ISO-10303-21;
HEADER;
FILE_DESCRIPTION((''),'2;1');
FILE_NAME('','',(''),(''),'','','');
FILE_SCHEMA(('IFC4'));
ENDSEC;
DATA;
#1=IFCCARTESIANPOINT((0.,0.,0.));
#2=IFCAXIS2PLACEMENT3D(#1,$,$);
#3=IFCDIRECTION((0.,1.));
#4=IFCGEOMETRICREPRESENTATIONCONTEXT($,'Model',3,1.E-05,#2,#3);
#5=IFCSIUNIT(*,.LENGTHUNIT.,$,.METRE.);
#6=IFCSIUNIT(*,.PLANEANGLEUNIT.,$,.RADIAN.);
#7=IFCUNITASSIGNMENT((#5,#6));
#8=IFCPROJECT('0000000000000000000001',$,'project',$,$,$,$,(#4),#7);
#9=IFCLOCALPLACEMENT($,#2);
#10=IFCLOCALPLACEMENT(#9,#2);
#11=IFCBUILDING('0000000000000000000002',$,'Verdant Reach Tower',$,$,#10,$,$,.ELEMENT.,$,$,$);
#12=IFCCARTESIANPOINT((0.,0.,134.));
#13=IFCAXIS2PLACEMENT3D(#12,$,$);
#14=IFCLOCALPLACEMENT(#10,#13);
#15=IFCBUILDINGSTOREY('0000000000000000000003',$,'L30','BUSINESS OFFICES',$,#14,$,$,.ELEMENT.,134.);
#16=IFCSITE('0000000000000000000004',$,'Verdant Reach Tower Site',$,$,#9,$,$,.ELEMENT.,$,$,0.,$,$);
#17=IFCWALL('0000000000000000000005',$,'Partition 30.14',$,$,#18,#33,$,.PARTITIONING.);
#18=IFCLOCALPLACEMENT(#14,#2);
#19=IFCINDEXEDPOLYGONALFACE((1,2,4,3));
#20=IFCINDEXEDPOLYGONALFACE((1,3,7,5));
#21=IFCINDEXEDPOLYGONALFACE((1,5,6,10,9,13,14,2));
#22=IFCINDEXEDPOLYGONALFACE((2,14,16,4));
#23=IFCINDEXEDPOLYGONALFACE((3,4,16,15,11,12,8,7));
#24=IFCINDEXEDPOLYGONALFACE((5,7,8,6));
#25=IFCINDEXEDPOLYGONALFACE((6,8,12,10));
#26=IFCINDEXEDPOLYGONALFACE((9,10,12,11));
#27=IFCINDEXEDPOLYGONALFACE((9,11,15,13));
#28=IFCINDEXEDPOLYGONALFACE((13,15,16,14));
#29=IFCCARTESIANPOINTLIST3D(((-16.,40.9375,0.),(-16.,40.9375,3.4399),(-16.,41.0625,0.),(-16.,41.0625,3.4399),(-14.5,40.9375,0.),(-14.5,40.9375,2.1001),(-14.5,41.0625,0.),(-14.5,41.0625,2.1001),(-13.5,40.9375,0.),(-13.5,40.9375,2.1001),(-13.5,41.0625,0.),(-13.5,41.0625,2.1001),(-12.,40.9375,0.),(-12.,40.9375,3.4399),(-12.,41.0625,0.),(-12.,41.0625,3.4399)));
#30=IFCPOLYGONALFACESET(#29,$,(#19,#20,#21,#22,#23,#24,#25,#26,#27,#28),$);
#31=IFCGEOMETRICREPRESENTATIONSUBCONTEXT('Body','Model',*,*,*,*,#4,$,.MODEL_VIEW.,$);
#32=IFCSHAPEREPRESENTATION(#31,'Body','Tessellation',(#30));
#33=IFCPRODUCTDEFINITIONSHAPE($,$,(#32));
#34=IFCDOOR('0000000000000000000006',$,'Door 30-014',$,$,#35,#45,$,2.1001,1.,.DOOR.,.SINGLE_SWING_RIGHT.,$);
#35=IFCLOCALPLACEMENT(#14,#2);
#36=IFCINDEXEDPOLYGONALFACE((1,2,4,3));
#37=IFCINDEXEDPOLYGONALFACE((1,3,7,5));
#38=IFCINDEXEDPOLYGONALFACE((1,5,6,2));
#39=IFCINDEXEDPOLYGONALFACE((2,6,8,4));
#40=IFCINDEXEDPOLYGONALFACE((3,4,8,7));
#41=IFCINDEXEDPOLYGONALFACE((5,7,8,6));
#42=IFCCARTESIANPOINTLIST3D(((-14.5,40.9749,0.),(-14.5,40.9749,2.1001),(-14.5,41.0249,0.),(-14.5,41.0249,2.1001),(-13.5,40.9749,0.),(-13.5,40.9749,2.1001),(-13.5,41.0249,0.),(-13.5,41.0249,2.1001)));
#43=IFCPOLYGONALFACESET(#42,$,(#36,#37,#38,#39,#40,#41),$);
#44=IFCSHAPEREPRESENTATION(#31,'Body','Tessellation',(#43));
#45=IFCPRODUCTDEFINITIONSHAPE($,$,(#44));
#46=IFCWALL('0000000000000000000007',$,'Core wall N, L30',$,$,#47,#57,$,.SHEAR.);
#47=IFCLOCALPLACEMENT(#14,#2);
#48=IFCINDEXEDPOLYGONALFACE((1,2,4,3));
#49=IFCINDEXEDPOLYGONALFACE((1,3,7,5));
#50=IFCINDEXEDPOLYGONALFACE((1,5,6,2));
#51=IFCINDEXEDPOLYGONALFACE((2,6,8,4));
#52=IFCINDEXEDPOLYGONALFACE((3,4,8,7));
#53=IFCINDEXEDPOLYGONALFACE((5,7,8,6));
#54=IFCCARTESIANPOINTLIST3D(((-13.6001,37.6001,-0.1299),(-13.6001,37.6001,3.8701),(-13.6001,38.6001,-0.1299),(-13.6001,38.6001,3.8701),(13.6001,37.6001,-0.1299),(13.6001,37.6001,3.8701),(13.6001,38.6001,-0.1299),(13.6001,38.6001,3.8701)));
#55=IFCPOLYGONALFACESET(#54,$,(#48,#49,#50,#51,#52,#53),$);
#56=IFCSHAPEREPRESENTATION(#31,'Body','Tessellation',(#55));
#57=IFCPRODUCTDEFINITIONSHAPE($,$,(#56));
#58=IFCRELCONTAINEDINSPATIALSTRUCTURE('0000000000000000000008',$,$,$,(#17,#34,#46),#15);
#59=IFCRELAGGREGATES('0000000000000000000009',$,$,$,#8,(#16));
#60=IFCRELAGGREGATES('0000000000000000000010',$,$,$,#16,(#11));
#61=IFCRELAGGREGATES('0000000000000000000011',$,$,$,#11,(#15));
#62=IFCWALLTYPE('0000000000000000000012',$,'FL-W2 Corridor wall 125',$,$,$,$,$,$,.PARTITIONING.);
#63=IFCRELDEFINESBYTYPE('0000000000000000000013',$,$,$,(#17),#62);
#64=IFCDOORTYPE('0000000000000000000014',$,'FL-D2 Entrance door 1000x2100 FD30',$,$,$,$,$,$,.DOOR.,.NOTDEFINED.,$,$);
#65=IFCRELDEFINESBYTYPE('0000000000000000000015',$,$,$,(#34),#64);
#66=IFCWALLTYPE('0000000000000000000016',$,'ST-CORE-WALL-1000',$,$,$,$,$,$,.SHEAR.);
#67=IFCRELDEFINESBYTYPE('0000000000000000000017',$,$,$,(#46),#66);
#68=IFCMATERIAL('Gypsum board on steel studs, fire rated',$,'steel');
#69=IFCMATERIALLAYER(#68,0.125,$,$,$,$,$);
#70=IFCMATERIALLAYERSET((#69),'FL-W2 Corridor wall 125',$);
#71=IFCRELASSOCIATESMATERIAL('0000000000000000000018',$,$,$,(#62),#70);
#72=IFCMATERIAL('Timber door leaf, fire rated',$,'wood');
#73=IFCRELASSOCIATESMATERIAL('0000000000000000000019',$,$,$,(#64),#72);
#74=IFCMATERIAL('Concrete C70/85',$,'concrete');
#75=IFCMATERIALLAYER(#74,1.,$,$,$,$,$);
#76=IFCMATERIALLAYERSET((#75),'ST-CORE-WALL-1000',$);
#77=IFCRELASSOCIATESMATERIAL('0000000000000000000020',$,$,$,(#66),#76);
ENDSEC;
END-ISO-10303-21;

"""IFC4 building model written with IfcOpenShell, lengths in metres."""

from ifc_helpers import new_model, si_unit, direction, frame, frame_2d, origin, place, context, subcontext, project, spatial, rectangle, extrude, material, layer, layer_set, type_object, element, fill, save


model = new_model("IFC4")

# Units and contexts
model_context = context("Model", 3, precision=1e-05, world=origin(), true_north=direction((0.0, 1.0)))
body_context = subcontext(model_context, "Body", "Model", "MODEL_VIEW")
ifc_project = project(units=[si_unit("LENGTHUNIT", "METRE"), si_unit("PLANEANGLEUNIT", "RADIAN")], contexts=[model_context])

# Site, building, storey
site_placement = place(None, origin())
site = spatial("IfcSite", under=ifc_project, at=site_placement, Name="Verdant Reach Tower Site", CompositionType="ELEMENT", RefElevation=0.0)
building_placement = place(site_placement, origin())
building = spatial("IfcBuilding", under=site, at=building_placement, Name="Verdant Reach Tower", CompositionType="ELEMENT")
storey_placement = place(building_placement, frame((0.0, 0.0, 134.0)))
storey = spatial("IfcBuildingStorey", under=building, at=storey_placement, Name="L30", Description="BUSINESS OFFICES", CompositionType="ELEMENT", Elevation=134.0)

# Wall, opening, door
ifc_material_1 = material(Name="Gypsum board on steel studs, fire rated", Category="steel")
ifc_layer_1 = layer(ifc_material_1, 0.125)
ifc_layer_set_1 = layer_set([ifc_layer_1], Name="FL-W2 Corridor wall 125")
wall_type_1 = type_object("IfcWallType", Name="FL-W2 Corridor wall 125", PredefinedType="PARTITIONING", material=ifc_layer_set_1)
ifc_material_2 = material(Name="Timber door leaf, fire rated", Category="wood")
door_type = type_object("IfcDoorType", Name="FL-D2 Entrance door 1000x2100 FD30", OperationType="NOTDEFINED", PredefinedType="DOOR", material=ifc_material_2)
wall_1_placement = place(storey_placement, frame((-16.0, 41.0, 0.0), z_axis=(0.0, 0.0, 1.0), x_axis=(1.0, 0.0, 0.0)))
wall_1 = element("IfcWall", 1, at=wall_1_placement, inside=storey, type_object=wall_type_1, Name="Partition 30.14", PredefinedType="PARTITIONING", context=body_context, shape_type="SweptSolid", body=[
    extrude(rectangle(XDim=4.0, YDim=0.125, at=frame_2d((2.0, 0.0))), origin(), (0.0, 0.0, 1.0), 3.4399),
])
opening_1_placement = place(wall_1_placement, frame((1.5, 0.0, 0.0)))
opening_1 = element("IfcOpeningElement", 2, at=opening_1_placement, cuts=wall_1, PredefinedType="OPENING", context=body_context, shape_type="SweptSolid", body=[
    extrude(rectangle(XDim=1.0, YDim=2.1001, at=frame_2d((0.5, 1.05))), frame((0.0, 0.0725, 0.0), z_axis=(0.0, -1.0, 0.0), x_axis=(1.0, 0.0, 0.0)), (0.0, 0.0, 1.0), 0.145),
])
door_1_placement = place(opening_1_placement, origin())
door_1 = element("IfcDoor", 3, at=door_1_placement, inside=storey, type_object=door_type, Name="Door 30-014", OperationType="SINGLE_SWING_RIGHT", OverallHeight=2.1001, OverallWidth=1.0, PredefinedType="DOOR", context=body_context, shape_type="SweptSolid", body=[
    extrude(rectangle(XDim=1.0, YDim=2.1001, at=frame_2d((0.5, 1.05))), frame((0.0, 0.0249, 0.0), z_axis=(0.0, -1.0, 0.0), x_axis=(1.0, 0.0, 0.0)), (0.0, 0.0, 1.0), 0.05),
])
fill(opening_1, door_1)

# Wall
ifc_material_3 = material(Name="Concrete C70/85", Category="concrete")
ifc_layer_2 = layer(ifc_material_3, 1.0)
ifc_layer_set_2 = layer_set([ifc_layer_2], Name="ST-CORE-WALL-1000")
wall_type_2 = type_object("IfcWallType", Name="ST-CORE-WALL-1000", PredefinedType="SHEAR", material=ifc_layer_set_2)
wall_2_placement = place(storey_placement, frame((-13.6001, 38.1001, -0.1299), z_axis=(0.0, 0.0, 1.0), x_axis=(1.0, 0.0, 0.0)))
element("IfcWall", 4, at=wall_2_placement, inside=storey, type_object=wall_type_2, Name="Core wall N, L30", PredefinedType="SHEAR", context=body_context, shape_type="SweptSolid", body=[
    extrude(rectangle(XDim=27.2002, YDim=1.0, at=frame_2d((13.6001, 0.0))), origin(), (0.0, 0.0, 1.0), 4.0),
])

save(model, "model.ifc")
